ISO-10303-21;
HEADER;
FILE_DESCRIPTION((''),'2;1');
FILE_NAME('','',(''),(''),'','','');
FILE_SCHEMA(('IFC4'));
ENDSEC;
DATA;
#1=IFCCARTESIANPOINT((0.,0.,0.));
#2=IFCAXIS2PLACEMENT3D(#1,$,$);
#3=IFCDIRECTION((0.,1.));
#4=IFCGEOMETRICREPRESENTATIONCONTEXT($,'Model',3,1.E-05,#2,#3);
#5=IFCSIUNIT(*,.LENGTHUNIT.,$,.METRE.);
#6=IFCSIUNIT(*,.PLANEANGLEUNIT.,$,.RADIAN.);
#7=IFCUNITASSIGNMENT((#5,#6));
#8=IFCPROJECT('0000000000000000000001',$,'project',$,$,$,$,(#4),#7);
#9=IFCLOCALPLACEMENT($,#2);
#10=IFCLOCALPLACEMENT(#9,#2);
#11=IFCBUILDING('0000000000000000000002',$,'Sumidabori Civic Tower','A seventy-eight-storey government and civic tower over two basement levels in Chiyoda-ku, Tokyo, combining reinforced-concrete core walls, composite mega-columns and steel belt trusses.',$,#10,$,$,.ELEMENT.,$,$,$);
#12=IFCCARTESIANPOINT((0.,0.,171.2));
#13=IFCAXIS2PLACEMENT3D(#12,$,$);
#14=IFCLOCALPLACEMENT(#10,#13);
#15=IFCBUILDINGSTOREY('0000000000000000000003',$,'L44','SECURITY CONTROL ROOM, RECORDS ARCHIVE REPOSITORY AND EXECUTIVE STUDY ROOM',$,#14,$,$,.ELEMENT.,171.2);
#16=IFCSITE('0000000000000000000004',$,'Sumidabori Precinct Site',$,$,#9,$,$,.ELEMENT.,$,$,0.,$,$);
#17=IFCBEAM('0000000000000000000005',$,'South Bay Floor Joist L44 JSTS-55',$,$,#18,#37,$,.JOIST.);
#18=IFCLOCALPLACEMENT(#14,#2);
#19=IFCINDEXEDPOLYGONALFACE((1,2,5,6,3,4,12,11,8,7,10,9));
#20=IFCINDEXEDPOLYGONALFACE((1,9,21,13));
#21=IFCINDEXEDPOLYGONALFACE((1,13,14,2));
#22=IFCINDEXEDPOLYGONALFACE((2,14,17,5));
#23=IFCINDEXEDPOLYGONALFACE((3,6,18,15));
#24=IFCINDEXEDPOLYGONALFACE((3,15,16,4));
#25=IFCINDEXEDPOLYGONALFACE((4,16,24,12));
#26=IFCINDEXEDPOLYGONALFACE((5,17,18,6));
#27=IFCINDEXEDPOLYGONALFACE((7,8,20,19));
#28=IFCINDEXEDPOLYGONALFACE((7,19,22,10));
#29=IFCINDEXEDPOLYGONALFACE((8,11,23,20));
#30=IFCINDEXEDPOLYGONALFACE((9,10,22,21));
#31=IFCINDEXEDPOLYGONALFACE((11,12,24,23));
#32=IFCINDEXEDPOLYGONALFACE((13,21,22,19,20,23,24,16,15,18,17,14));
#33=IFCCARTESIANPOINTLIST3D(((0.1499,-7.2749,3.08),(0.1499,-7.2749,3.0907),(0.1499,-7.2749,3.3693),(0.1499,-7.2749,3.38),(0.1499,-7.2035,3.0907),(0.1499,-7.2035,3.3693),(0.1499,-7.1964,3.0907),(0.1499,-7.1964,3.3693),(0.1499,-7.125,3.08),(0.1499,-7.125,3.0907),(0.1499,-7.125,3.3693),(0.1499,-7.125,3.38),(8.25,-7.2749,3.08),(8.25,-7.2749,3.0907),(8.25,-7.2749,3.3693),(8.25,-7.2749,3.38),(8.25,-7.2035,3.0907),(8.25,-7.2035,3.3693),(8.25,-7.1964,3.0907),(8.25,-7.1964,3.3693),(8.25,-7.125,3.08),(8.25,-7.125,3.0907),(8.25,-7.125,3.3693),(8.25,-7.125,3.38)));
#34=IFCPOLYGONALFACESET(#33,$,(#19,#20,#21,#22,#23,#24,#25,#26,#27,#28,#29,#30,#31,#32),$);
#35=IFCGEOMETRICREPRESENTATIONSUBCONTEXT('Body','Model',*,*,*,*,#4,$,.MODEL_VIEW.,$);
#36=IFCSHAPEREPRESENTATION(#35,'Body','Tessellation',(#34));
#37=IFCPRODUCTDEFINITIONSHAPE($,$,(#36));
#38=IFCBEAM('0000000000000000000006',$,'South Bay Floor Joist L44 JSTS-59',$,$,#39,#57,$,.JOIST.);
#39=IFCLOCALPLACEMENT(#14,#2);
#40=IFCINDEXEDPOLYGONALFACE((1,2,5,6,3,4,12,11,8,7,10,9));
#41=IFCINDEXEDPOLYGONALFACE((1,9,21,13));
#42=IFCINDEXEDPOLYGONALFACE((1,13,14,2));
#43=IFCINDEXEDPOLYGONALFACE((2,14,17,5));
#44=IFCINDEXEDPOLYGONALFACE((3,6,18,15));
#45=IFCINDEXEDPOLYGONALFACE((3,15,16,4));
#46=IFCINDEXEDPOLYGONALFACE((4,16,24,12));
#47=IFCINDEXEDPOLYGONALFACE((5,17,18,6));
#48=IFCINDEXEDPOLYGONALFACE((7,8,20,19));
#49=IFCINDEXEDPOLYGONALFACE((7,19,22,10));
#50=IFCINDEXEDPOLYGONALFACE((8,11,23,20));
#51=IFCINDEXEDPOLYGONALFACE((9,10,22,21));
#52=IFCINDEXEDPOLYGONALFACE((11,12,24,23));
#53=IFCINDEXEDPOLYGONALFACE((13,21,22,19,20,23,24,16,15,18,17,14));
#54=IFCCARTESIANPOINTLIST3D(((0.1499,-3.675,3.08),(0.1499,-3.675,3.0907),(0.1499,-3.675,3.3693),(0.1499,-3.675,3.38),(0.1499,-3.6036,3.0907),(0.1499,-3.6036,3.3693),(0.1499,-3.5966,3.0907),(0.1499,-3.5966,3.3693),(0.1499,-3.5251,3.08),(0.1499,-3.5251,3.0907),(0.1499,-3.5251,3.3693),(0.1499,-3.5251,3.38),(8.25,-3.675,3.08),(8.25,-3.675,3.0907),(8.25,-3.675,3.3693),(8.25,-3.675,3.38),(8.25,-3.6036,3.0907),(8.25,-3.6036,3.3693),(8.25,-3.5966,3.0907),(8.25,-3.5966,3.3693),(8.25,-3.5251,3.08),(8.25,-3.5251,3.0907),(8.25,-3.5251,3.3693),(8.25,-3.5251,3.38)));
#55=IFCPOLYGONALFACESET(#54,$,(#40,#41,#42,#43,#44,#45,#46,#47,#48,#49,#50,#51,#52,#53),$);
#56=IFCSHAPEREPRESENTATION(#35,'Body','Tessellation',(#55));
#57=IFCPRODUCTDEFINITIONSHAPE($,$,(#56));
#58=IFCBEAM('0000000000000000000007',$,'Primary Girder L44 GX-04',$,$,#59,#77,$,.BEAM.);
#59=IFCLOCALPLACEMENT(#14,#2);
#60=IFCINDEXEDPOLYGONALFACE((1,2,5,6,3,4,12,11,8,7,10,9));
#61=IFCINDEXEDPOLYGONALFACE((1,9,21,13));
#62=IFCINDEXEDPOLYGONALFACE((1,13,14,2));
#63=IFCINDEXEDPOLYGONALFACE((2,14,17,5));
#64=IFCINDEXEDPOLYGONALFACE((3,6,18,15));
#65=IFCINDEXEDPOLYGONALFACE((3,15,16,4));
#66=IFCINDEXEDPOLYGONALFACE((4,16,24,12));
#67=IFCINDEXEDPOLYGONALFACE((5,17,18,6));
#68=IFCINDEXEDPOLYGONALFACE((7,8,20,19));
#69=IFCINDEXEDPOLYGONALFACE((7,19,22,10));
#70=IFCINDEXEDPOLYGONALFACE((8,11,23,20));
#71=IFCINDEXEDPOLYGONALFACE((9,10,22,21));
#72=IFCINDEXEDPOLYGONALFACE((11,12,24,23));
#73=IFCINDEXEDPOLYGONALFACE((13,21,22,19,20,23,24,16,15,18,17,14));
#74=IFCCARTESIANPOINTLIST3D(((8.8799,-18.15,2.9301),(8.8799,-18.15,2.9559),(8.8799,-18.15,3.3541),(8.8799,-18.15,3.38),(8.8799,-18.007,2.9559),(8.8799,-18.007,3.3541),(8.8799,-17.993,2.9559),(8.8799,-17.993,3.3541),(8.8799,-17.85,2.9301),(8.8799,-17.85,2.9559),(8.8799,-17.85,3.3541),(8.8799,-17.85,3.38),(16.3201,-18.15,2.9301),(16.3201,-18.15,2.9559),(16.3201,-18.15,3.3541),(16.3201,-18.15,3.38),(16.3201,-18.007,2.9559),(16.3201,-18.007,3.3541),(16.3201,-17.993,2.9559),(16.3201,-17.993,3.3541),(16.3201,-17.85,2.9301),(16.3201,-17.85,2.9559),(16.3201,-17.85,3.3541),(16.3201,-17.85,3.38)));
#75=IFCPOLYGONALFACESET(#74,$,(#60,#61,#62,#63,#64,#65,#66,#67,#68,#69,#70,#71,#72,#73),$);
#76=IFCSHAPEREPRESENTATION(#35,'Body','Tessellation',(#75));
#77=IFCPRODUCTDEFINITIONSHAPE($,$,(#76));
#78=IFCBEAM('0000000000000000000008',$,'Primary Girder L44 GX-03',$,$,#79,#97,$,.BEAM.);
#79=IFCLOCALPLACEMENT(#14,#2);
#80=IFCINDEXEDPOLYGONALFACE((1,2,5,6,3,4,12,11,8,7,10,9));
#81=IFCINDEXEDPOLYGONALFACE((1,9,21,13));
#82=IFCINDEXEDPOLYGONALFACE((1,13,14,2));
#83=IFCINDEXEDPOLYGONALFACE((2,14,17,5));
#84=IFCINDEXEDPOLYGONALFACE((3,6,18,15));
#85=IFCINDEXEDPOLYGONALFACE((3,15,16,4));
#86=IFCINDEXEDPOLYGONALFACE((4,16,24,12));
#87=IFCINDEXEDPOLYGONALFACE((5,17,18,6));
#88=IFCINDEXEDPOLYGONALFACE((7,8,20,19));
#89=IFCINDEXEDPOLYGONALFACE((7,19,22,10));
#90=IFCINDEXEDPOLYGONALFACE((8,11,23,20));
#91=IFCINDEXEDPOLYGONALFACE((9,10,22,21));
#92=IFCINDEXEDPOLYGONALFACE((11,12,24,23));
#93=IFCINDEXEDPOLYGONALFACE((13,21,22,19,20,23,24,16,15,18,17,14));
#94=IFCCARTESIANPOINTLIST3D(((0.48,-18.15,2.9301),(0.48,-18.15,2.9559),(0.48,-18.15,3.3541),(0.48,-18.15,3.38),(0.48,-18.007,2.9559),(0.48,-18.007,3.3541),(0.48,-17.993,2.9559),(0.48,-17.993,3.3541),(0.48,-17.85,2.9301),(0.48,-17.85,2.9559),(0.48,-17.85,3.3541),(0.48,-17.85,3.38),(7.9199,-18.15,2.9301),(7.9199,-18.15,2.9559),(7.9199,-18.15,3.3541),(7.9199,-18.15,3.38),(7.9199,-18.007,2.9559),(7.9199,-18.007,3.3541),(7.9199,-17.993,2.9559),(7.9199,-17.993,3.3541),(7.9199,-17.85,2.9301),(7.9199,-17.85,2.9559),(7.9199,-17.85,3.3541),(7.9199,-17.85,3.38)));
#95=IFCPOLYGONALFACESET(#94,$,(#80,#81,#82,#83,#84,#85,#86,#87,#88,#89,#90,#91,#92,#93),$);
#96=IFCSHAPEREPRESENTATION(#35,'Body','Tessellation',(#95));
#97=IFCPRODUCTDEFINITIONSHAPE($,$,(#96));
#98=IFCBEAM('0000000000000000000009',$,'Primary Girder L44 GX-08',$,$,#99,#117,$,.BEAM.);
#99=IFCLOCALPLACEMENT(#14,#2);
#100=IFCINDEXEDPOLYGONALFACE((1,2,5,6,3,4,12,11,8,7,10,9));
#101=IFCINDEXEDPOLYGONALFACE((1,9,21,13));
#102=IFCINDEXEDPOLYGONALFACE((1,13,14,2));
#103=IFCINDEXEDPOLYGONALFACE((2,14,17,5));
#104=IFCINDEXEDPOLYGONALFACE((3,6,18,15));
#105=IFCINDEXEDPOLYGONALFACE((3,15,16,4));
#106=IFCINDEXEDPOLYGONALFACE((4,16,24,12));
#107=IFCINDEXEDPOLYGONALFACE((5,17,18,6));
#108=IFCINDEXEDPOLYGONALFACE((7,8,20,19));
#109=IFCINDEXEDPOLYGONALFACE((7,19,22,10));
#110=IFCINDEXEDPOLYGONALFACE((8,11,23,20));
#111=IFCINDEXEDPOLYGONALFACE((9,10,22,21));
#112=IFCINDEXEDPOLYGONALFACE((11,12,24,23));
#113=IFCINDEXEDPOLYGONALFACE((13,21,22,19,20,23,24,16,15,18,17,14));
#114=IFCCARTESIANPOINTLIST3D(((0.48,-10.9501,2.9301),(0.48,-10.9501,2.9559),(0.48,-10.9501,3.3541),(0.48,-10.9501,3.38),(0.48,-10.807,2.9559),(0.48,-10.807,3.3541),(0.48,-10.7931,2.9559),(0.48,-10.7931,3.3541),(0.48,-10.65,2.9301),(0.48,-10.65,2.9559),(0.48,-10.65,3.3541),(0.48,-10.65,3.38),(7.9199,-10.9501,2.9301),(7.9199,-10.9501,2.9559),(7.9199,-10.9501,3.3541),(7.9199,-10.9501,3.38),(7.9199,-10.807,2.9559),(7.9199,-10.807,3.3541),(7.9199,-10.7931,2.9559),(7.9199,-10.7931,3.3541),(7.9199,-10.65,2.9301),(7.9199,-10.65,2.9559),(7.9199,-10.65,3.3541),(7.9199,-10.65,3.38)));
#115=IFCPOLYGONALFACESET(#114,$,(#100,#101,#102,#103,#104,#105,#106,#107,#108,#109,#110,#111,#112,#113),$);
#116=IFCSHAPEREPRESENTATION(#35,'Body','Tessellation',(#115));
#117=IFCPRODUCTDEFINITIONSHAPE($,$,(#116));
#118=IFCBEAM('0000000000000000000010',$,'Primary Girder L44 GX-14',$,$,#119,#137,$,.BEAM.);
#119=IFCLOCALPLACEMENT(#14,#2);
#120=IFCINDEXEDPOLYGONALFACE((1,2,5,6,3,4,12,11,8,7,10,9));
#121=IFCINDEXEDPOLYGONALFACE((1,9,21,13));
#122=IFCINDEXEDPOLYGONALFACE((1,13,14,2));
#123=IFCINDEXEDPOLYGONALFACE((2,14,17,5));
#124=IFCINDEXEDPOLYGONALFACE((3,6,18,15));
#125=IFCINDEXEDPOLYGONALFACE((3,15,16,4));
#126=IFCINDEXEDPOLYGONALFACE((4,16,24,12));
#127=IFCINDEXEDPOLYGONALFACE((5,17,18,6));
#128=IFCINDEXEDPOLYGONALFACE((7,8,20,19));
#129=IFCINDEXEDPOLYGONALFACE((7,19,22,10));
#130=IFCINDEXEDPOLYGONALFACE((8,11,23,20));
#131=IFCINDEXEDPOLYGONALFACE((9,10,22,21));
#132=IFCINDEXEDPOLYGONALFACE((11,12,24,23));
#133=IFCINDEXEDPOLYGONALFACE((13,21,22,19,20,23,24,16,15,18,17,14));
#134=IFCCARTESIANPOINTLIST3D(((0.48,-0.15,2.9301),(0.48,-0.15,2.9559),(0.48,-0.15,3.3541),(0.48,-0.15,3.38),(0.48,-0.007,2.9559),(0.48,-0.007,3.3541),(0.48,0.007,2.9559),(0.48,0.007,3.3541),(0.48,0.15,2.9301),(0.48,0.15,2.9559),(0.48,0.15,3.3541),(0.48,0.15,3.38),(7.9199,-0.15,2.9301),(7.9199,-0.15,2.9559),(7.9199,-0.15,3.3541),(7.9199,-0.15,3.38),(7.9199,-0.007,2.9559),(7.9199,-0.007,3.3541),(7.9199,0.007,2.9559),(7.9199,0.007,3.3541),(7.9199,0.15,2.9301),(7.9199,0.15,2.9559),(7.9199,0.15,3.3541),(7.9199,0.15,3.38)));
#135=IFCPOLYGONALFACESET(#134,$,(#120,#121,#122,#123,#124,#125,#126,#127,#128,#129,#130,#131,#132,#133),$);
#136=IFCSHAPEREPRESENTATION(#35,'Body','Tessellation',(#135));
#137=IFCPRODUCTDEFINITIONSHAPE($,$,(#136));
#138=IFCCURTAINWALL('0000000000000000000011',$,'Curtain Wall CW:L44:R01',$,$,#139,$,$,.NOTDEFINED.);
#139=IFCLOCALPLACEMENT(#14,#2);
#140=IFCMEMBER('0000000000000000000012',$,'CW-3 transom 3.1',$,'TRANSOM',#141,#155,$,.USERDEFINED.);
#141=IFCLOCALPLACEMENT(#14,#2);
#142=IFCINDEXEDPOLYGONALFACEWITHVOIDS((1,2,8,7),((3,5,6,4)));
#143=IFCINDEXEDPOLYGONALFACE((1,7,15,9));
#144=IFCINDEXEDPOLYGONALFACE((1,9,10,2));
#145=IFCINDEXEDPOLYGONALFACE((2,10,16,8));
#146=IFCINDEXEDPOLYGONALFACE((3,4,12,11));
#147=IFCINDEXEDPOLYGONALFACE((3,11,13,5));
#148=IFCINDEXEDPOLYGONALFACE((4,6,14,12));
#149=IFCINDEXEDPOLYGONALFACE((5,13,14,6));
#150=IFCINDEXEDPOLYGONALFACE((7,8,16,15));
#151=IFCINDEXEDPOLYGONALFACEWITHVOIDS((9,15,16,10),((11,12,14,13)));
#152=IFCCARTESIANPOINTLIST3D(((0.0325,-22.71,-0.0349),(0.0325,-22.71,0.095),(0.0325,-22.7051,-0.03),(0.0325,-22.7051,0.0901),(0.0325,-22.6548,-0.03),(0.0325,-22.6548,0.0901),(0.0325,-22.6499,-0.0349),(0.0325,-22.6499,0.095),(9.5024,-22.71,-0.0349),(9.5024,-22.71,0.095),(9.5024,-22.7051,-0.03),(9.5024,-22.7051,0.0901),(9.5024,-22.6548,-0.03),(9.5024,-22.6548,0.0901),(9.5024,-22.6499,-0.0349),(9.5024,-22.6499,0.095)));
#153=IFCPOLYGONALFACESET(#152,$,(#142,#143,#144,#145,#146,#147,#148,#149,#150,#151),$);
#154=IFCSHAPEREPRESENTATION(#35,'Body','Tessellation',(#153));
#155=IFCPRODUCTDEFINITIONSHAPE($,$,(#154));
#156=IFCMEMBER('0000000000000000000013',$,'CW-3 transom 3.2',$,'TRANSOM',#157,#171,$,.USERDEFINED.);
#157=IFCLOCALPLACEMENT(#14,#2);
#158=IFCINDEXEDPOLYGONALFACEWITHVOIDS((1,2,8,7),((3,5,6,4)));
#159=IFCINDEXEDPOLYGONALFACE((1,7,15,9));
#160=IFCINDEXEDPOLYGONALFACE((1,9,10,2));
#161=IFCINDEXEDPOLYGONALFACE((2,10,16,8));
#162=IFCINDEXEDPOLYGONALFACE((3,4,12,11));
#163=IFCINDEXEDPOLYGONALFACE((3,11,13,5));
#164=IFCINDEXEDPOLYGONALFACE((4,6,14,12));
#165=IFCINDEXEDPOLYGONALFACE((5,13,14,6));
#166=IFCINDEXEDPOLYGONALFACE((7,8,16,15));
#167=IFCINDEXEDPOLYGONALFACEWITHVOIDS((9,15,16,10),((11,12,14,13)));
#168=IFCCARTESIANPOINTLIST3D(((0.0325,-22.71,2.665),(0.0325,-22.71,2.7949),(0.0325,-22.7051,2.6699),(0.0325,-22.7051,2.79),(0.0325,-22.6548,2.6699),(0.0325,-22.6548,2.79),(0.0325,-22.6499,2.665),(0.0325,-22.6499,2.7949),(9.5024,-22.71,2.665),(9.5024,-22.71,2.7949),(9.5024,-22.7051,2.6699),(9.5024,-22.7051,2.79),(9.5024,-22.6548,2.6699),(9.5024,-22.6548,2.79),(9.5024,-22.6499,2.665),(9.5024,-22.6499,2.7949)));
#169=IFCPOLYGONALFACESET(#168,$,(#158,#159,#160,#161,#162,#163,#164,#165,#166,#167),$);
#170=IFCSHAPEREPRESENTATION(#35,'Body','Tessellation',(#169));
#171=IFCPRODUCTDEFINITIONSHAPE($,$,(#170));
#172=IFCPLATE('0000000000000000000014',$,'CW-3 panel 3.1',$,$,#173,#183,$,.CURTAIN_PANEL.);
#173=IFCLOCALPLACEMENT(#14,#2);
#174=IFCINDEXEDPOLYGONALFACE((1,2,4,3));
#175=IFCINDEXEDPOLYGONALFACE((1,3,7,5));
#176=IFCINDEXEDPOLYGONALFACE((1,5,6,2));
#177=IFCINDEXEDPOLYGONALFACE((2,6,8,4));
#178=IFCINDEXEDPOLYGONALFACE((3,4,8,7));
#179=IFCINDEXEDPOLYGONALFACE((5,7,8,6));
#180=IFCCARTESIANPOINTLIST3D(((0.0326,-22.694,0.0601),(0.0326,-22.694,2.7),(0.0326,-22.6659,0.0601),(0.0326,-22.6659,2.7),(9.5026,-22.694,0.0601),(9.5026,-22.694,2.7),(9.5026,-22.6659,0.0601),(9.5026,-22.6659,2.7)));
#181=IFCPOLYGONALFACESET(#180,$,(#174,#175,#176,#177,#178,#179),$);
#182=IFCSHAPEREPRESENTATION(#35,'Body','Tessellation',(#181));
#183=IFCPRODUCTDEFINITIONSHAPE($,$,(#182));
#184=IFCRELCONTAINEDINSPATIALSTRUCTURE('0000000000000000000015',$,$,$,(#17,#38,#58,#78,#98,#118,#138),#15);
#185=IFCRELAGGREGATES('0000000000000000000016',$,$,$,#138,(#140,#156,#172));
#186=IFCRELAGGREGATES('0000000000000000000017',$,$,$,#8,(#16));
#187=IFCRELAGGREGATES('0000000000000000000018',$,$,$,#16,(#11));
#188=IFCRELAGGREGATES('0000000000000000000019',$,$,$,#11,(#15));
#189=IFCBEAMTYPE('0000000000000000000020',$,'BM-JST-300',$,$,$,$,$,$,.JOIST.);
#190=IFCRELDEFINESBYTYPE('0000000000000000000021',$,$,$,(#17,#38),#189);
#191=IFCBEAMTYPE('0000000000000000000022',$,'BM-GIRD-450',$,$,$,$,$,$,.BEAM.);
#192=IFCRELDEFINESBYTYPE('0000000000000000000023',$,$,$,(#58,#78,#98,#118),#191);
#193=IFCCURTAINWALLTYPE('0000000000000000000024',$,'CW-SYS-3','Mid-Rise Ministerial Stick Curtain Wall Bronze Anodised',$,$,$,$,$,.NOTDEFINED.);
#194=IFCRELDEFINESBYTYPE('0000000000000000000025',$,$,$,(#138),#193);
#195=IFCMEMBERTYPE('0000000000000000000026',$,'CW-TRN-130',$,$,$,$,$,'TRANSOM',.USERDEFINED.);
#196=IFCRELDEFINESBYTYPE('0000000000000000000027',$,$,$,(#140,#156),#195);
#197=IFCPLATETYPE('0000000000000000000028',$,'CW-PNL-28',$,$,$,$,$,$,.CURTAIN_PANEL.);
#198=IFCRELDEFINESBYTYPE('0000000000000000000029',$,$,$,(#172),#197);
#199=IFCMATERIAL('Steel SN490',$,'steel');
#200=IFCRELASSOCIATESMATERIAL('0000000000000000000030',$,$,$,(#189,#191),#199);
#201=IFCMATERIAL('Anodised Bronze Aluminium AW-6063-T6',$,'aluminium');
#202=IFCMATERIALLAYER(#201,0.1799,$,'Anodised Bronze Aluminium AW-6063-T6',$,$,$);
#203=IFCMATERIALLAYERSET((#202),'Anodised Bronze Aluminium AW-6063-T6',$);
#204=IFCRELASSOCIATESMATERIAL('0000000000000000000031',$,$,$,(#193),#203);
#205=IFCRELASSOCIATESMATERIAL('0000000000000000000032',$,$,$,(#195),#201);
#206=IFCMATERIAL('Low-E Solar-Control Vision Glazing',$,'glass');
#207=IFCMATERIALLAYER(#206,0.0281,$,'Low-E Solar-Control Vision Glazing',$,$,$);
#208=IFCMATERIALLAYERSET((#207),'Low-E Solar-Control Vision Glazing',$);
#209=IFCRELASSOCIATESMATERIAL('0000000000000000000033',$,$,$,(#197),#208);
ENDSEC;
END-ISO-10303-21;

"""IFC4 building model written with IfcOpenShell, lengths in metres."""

from ifc_helpers import new_model, si_unit, direction, frame, origin, origin_2d, place, context, subcontext, project, spatial, rectangle, hollow_rectangle, i_section, extrude, source, transform, mapped, material, layer, layer_set, material_profile, profile_set, type_object, element, aggregate, save


model = new_model("IFC4")

# Units and contexts
model_context = context("Model", 3, precision=1e-05, world=origin(), true_north=direction((0.0, 1.0)))
body_context = subcontext(model_context, "Body", "Model", "MODEL_VIEW")
ifc_project = project(units=[si_unit("LENGTHUNIT", "METRE"), si_unit("PLANEANGLEUNIT", "RADIAN")], contexts=[model_context])

# Site, building, storey
site_placement = place(None, origin())
site = spatial("IfcSite", under=ifc_project, at=site_placement, Name="Sumidabori Precinct Site", CompositionType="ELEMENT", RefElevation=0.0)
building_placement = place(site_placement, origin())
building = spatial("IfcBuilding", under=site, at=building_placement, Name="Sumidabori Civic Tower", Description="A seventy-eight-storey government and civic tower over two basement levels in Chiyoda-ku, Tokyo, combining reinforced-concrete core walls, composite mega-columns and steel belt trusses.", CompositionType="ELEMENT")
storey_placement = place(building_placement, frame((0.0, 0.0, 171.2)))
storey = spatial("IfcBuildingStorey", under=building, at=storey_placement, Name="L44", Description="SECURITY CONTROL ROOM, RECORDS ARCHIVE REPOSITORY AND EXECUTIVE STUDY ROOM", CompositionType="ELEMENT", Elevation=171.2)

# Beams
ifc_material_1 = material(Name="Steel SN490", Category="steel")
ifc_material_profile_1 = material_profile(ifc_material_1, i_section(OverallWidth=0.1499, OverallDepth=0.3, WebThickness=0.0071, FlangeThickness=0.0107, at=origin_2d()), Name="IPE 300")
ifc_profile_set_1 = profile_set([ifc_material_profile_1], Name="Steel SN490")
beam_type_1 = type_object("IfcBeamType", Name="BM-JST-300", PredefinedType="JOIST", material=ifc_profile_set_1)
shared_shape_1 = source(origin(), body_context, "Body", "SweptSolid", [
    extrude(i_section(OverallWidth=0.1499, OverallDepth=0.3, WebThickness=0.0071, FlangeThickness=0.0107, at=origin_2d()), origin(), (0.0, 0.0, 1.0), 8.1001),
])
for number, where, z_axis, x_axis, name in (
    (1, (0.1499, -7.2, 3.23), (1.0, 0.0, 0.0), (0.0, 1.0, 0.0), "South Bay Floor Joist L44 JSTS-55"),
    (2, (0.1499, -3.6001, 3.23), (1.0, 0.0, 0.0), (0.0, 1.0, 0.0), "South Bay Floor Joist L44 JSTS-59"),
):
    element("IfcBeam", number, at=place(storey_placement, frame(where, z_axis=z_axis, x_axis=x_axis)), inside=storey, type_object=beam_type_1, Name=name, PredefinedType="JOIST", context=body_context, shape_type="MappedRepresentation", body=[
        mapped(shared_shape_1, transform((0.0, 0.0, 0.0), x_axis=(1.0, 0.0, 0.0), y_axis=(0.0, 1.0, 0.0), z_axis=(0.0, 0.0, 1.0), scale=1.0)),
    ])
ifc_material_profile_2 = material_profile(ifc_material_1, i_section(OverallWidth=0.3, OverallDepth=0.45, WebThickness=0.0139, FlangeThickness=0.0259, at=origin_2d()), Name="HE 450 B")
ifc_profile_set_2 = profile_set([ifc_material_profile_2], Name="Steel SN490")
beam_type_2 = type_object("IfcBeamType", Name="BM-GIRD-450", PredefinedType="BEAM", material=ifc_profile_set_2)
shared_shape_2 = source(origin(), body_context, "Body", "SweptSolid", [
    extrude(i_section(OverallWidth=0.3, OverallDepth=0.45, WebThickness=0.0139, FlangeThickness=0.0259, at=origin_2d()), origin(), (0.0, 0.0, 1.0), 7.4402),
])
beam_1_placement = place(storey_placement, frame((8.8799, -18.0, 3.155), z_axis=(1.0, 0.0, 0.0), x_axis=(0.0, 1.0, 0.0)))
element("IfcBeam", 3, at=beam_1_placement, inside=storey, type_object=beam_type_2, Name="Primary Girder L44 GX-04", PredefinedType="BEAM", context=body_context, shape_type="MappedRepresentation", body=[
    mapped(shared_shape_2, transform((0.0, 0.0, 0.0), x_axis=(1.0, 0.0, 0.0), y_axis=(0.0, 1.0, 0.0), z_axis=(0.0, 0.0, 1.0), scale=1.0)),
])
shared_shape_3 = source(origin(), body_context, "Body", "SweptSolid", [
    extrude(i_section(OverallWidth=0.3, OverallDepth=0.45, WebThickness=0.0139, FlangeThickness=0.0259, at=origin_2d()), origin(), (0.0, 0.0, 1.0), 7.4399),
])
for number, where, z_axis, x_axis, name in (
    (4, (0.48, -18.0, 3.155), (1.0, 0.0, 0.0), (0.0, 1.0, 0.0), "Primary Girder L44 GX-03"),
    (5, (0.48, -10.8, 3.155), (1.0, 0.0, 0.0), (0.0, 1.0, 0.0), "Primary Girder L44 GX-08"),
    (6, (0.48, 0.0, 3.155), (1.0, 0.0, 0.0), (0.0, 1.0, 0.0), "Primary Girder L44 GX-14"),
):
    element("IfcBeam", number, at=place(storey_placement, frame(where, z_axis=z_axis, x_axis=x_axis)), inside=storey, type_object=beam_type_2, Name=name, PredefinedType="BEAM", context=body_context, shape_type="MappedRepresentation", body=[
        mapped(shared_shape_3, transform((0.0, 0.0, 0.0), x_axis=(1.0, 0.0, 0.0), y_axis=(0.0, 1.0, 0.0), z_axis=(0.0, 0.0, 1.0), scale=1.0)),
    ])

# Curtain wall, members, plate
ifc_material_2 = material(Name="Anodised Bronze Aluminium AW-6063-T6", Category="aluminium")
ifc_layer_1 = layer(ifc_material_2, 0.1799, Name="Anodised Bronze Aluminium AW-6063-T6")
ifc_layer_set_1 = layer_set([ifc_layer_1], Name="Anodised Bronze Aluminium AW-6063-T6")
curtain_wall_type = type_object("IfcCurtainWallType", Name="CW-SYS-3", Description="Mid-Rise Ministerial Stick Curtain Wall Bronze Anodised", PredefinedType="NOTDEFINED", material=ifc_layer_set_1)
curtain_wall_placement = place(storey_placement, origin())
curtain_wall = element("IfcCurtainWall", 7, at=curtain_wall_placement, inside=storey, type_object=curtain_wall_type, Name="Curtain Wall CW:L44:R01", PredefinedType="NOTDEFINED")
ifc_material_profile_3 = material_profile(ifc_material_2, hollow_rectangle(XDim=0.0601, YDim=0.1299, WallThickness=0.0049, at=origin_2d()), Name="ALU TRANSOM 130x60")
ifc_profile_set_3 = profile_set([ifc_material_profile_3], Name="Anodised Bronze Aluminium AW-6063-T6")
member_type = type_object("IfcMemberType", Name="CW-TRN-130", ElementType="TRANSOM", PredefinedType="USERDEFINED", material=ifc_profile_set_3)
shared_shape_4 = source(origin(), body_context, "Body", "SweptSolid", [
    extrude(hollow_rectangle(XDim=0.0601, YDim=0.1299, WallThickness=0.0049, at=origin_2d()), origin(), (0.0, 0.0, 1.0), 9.47),
])
member_1_placement = place(storey_placement, frame((0.0325, -22.6799, 0.03), z_axis=(1.0, 0.0, 0.0), x_axis=(0.0, 1.0, 0.0)))
member_1 = element("IfcMember", 8, at=member_1_placement, type_object=member_type, Name="CW-3 transom 3.1", ObjectType="TRANSOM", PredefinedType="USERDEFINED", context=body_context, shape_type="MappedRepresentation", body=[
    mapped(shared_shape_4, transform((0.0, 0.0, 0.0), x_axis=(1.0, 0.0, 0.0), y_axis=(0.0, 1.0, 0.0), z_axis=(0.0, 0.0, 1.0), scale=1.0)),
])
member_2_placement = place(storey_placement, frame((0.0325, -22.6799, 2.73), z_axis=(1.0, 0.0, 0.0), x_axis=(0.0, 1.0, 0.0)))
member_2 = element("IfcMember", 9, at=member_2_placement, type_object=member_type, Name="CW-3 transom 3.2", ObjectType="TRANSOM", PredefinedType="USERDEFINED", context=body_context, shape_type="MappedRepresentation", body=[
    mapped(shared_shape_4, transform((0.0, 0.0, 0.0), x_axis=(1.0, 0.0, 0.0), y_axis=(0.0, 1.0, 0.0), z_axis=(0.0, 0.0, 1.0), scale=1.0)),
])
ifc_material_3 = material(Name="Low-E Solar-Control Vision Glazing", Category="glass")
ifc_layer_2 = layer(ifc_material_3, 0.0281, Name="Low-E Solar-Control Vision Glazing")
ifc_layer_set_2 = layer_set([ifc_layer_2], Name="Low-E Solar-Control Vision Glazing")
plate_type = type_object("IfcPlateType", Name="CW-PNL-28", PredefinedType="CURTAIN_PANEL", material=ifc_layer_set_2)
shared_shape_5 = source(origin(), body_context, "Body", "SweptSolid", [
    extrude(rectangle(XDim=9.47, YDim=0.0281, at=origin_2d()), origin(), (0.0, 0.0, 1.0), 2.6399),
])
plate_placement = place(storey_placement, frame((4.7676, -22.6799, 0.0601), z_axis=(0.0, 0.0, 1.0), x_axis=(1.0, 0.0, 0.0)))
plate = element("IfcPlate", 10, at=plate_placement, type_object=plate_type, Name="CW-3 panel 3.1", PredefinedType="CURTAIN_PANEL", context=body_context, shape_type="MappedRepresentation", body=[
    mapped(shared_shape_5, transform((0.0, 0.0, 0.0), x_axis=(1.0, 0.0, 0.0), y_axis=(0.0, 1.0, 0.0), z_axis=(0.0, 0.0, 1.0), scale=1.0)),
])
aggregate(curtain_wall, [member_1, member_2, plate])

save(model, "model.ifc")
